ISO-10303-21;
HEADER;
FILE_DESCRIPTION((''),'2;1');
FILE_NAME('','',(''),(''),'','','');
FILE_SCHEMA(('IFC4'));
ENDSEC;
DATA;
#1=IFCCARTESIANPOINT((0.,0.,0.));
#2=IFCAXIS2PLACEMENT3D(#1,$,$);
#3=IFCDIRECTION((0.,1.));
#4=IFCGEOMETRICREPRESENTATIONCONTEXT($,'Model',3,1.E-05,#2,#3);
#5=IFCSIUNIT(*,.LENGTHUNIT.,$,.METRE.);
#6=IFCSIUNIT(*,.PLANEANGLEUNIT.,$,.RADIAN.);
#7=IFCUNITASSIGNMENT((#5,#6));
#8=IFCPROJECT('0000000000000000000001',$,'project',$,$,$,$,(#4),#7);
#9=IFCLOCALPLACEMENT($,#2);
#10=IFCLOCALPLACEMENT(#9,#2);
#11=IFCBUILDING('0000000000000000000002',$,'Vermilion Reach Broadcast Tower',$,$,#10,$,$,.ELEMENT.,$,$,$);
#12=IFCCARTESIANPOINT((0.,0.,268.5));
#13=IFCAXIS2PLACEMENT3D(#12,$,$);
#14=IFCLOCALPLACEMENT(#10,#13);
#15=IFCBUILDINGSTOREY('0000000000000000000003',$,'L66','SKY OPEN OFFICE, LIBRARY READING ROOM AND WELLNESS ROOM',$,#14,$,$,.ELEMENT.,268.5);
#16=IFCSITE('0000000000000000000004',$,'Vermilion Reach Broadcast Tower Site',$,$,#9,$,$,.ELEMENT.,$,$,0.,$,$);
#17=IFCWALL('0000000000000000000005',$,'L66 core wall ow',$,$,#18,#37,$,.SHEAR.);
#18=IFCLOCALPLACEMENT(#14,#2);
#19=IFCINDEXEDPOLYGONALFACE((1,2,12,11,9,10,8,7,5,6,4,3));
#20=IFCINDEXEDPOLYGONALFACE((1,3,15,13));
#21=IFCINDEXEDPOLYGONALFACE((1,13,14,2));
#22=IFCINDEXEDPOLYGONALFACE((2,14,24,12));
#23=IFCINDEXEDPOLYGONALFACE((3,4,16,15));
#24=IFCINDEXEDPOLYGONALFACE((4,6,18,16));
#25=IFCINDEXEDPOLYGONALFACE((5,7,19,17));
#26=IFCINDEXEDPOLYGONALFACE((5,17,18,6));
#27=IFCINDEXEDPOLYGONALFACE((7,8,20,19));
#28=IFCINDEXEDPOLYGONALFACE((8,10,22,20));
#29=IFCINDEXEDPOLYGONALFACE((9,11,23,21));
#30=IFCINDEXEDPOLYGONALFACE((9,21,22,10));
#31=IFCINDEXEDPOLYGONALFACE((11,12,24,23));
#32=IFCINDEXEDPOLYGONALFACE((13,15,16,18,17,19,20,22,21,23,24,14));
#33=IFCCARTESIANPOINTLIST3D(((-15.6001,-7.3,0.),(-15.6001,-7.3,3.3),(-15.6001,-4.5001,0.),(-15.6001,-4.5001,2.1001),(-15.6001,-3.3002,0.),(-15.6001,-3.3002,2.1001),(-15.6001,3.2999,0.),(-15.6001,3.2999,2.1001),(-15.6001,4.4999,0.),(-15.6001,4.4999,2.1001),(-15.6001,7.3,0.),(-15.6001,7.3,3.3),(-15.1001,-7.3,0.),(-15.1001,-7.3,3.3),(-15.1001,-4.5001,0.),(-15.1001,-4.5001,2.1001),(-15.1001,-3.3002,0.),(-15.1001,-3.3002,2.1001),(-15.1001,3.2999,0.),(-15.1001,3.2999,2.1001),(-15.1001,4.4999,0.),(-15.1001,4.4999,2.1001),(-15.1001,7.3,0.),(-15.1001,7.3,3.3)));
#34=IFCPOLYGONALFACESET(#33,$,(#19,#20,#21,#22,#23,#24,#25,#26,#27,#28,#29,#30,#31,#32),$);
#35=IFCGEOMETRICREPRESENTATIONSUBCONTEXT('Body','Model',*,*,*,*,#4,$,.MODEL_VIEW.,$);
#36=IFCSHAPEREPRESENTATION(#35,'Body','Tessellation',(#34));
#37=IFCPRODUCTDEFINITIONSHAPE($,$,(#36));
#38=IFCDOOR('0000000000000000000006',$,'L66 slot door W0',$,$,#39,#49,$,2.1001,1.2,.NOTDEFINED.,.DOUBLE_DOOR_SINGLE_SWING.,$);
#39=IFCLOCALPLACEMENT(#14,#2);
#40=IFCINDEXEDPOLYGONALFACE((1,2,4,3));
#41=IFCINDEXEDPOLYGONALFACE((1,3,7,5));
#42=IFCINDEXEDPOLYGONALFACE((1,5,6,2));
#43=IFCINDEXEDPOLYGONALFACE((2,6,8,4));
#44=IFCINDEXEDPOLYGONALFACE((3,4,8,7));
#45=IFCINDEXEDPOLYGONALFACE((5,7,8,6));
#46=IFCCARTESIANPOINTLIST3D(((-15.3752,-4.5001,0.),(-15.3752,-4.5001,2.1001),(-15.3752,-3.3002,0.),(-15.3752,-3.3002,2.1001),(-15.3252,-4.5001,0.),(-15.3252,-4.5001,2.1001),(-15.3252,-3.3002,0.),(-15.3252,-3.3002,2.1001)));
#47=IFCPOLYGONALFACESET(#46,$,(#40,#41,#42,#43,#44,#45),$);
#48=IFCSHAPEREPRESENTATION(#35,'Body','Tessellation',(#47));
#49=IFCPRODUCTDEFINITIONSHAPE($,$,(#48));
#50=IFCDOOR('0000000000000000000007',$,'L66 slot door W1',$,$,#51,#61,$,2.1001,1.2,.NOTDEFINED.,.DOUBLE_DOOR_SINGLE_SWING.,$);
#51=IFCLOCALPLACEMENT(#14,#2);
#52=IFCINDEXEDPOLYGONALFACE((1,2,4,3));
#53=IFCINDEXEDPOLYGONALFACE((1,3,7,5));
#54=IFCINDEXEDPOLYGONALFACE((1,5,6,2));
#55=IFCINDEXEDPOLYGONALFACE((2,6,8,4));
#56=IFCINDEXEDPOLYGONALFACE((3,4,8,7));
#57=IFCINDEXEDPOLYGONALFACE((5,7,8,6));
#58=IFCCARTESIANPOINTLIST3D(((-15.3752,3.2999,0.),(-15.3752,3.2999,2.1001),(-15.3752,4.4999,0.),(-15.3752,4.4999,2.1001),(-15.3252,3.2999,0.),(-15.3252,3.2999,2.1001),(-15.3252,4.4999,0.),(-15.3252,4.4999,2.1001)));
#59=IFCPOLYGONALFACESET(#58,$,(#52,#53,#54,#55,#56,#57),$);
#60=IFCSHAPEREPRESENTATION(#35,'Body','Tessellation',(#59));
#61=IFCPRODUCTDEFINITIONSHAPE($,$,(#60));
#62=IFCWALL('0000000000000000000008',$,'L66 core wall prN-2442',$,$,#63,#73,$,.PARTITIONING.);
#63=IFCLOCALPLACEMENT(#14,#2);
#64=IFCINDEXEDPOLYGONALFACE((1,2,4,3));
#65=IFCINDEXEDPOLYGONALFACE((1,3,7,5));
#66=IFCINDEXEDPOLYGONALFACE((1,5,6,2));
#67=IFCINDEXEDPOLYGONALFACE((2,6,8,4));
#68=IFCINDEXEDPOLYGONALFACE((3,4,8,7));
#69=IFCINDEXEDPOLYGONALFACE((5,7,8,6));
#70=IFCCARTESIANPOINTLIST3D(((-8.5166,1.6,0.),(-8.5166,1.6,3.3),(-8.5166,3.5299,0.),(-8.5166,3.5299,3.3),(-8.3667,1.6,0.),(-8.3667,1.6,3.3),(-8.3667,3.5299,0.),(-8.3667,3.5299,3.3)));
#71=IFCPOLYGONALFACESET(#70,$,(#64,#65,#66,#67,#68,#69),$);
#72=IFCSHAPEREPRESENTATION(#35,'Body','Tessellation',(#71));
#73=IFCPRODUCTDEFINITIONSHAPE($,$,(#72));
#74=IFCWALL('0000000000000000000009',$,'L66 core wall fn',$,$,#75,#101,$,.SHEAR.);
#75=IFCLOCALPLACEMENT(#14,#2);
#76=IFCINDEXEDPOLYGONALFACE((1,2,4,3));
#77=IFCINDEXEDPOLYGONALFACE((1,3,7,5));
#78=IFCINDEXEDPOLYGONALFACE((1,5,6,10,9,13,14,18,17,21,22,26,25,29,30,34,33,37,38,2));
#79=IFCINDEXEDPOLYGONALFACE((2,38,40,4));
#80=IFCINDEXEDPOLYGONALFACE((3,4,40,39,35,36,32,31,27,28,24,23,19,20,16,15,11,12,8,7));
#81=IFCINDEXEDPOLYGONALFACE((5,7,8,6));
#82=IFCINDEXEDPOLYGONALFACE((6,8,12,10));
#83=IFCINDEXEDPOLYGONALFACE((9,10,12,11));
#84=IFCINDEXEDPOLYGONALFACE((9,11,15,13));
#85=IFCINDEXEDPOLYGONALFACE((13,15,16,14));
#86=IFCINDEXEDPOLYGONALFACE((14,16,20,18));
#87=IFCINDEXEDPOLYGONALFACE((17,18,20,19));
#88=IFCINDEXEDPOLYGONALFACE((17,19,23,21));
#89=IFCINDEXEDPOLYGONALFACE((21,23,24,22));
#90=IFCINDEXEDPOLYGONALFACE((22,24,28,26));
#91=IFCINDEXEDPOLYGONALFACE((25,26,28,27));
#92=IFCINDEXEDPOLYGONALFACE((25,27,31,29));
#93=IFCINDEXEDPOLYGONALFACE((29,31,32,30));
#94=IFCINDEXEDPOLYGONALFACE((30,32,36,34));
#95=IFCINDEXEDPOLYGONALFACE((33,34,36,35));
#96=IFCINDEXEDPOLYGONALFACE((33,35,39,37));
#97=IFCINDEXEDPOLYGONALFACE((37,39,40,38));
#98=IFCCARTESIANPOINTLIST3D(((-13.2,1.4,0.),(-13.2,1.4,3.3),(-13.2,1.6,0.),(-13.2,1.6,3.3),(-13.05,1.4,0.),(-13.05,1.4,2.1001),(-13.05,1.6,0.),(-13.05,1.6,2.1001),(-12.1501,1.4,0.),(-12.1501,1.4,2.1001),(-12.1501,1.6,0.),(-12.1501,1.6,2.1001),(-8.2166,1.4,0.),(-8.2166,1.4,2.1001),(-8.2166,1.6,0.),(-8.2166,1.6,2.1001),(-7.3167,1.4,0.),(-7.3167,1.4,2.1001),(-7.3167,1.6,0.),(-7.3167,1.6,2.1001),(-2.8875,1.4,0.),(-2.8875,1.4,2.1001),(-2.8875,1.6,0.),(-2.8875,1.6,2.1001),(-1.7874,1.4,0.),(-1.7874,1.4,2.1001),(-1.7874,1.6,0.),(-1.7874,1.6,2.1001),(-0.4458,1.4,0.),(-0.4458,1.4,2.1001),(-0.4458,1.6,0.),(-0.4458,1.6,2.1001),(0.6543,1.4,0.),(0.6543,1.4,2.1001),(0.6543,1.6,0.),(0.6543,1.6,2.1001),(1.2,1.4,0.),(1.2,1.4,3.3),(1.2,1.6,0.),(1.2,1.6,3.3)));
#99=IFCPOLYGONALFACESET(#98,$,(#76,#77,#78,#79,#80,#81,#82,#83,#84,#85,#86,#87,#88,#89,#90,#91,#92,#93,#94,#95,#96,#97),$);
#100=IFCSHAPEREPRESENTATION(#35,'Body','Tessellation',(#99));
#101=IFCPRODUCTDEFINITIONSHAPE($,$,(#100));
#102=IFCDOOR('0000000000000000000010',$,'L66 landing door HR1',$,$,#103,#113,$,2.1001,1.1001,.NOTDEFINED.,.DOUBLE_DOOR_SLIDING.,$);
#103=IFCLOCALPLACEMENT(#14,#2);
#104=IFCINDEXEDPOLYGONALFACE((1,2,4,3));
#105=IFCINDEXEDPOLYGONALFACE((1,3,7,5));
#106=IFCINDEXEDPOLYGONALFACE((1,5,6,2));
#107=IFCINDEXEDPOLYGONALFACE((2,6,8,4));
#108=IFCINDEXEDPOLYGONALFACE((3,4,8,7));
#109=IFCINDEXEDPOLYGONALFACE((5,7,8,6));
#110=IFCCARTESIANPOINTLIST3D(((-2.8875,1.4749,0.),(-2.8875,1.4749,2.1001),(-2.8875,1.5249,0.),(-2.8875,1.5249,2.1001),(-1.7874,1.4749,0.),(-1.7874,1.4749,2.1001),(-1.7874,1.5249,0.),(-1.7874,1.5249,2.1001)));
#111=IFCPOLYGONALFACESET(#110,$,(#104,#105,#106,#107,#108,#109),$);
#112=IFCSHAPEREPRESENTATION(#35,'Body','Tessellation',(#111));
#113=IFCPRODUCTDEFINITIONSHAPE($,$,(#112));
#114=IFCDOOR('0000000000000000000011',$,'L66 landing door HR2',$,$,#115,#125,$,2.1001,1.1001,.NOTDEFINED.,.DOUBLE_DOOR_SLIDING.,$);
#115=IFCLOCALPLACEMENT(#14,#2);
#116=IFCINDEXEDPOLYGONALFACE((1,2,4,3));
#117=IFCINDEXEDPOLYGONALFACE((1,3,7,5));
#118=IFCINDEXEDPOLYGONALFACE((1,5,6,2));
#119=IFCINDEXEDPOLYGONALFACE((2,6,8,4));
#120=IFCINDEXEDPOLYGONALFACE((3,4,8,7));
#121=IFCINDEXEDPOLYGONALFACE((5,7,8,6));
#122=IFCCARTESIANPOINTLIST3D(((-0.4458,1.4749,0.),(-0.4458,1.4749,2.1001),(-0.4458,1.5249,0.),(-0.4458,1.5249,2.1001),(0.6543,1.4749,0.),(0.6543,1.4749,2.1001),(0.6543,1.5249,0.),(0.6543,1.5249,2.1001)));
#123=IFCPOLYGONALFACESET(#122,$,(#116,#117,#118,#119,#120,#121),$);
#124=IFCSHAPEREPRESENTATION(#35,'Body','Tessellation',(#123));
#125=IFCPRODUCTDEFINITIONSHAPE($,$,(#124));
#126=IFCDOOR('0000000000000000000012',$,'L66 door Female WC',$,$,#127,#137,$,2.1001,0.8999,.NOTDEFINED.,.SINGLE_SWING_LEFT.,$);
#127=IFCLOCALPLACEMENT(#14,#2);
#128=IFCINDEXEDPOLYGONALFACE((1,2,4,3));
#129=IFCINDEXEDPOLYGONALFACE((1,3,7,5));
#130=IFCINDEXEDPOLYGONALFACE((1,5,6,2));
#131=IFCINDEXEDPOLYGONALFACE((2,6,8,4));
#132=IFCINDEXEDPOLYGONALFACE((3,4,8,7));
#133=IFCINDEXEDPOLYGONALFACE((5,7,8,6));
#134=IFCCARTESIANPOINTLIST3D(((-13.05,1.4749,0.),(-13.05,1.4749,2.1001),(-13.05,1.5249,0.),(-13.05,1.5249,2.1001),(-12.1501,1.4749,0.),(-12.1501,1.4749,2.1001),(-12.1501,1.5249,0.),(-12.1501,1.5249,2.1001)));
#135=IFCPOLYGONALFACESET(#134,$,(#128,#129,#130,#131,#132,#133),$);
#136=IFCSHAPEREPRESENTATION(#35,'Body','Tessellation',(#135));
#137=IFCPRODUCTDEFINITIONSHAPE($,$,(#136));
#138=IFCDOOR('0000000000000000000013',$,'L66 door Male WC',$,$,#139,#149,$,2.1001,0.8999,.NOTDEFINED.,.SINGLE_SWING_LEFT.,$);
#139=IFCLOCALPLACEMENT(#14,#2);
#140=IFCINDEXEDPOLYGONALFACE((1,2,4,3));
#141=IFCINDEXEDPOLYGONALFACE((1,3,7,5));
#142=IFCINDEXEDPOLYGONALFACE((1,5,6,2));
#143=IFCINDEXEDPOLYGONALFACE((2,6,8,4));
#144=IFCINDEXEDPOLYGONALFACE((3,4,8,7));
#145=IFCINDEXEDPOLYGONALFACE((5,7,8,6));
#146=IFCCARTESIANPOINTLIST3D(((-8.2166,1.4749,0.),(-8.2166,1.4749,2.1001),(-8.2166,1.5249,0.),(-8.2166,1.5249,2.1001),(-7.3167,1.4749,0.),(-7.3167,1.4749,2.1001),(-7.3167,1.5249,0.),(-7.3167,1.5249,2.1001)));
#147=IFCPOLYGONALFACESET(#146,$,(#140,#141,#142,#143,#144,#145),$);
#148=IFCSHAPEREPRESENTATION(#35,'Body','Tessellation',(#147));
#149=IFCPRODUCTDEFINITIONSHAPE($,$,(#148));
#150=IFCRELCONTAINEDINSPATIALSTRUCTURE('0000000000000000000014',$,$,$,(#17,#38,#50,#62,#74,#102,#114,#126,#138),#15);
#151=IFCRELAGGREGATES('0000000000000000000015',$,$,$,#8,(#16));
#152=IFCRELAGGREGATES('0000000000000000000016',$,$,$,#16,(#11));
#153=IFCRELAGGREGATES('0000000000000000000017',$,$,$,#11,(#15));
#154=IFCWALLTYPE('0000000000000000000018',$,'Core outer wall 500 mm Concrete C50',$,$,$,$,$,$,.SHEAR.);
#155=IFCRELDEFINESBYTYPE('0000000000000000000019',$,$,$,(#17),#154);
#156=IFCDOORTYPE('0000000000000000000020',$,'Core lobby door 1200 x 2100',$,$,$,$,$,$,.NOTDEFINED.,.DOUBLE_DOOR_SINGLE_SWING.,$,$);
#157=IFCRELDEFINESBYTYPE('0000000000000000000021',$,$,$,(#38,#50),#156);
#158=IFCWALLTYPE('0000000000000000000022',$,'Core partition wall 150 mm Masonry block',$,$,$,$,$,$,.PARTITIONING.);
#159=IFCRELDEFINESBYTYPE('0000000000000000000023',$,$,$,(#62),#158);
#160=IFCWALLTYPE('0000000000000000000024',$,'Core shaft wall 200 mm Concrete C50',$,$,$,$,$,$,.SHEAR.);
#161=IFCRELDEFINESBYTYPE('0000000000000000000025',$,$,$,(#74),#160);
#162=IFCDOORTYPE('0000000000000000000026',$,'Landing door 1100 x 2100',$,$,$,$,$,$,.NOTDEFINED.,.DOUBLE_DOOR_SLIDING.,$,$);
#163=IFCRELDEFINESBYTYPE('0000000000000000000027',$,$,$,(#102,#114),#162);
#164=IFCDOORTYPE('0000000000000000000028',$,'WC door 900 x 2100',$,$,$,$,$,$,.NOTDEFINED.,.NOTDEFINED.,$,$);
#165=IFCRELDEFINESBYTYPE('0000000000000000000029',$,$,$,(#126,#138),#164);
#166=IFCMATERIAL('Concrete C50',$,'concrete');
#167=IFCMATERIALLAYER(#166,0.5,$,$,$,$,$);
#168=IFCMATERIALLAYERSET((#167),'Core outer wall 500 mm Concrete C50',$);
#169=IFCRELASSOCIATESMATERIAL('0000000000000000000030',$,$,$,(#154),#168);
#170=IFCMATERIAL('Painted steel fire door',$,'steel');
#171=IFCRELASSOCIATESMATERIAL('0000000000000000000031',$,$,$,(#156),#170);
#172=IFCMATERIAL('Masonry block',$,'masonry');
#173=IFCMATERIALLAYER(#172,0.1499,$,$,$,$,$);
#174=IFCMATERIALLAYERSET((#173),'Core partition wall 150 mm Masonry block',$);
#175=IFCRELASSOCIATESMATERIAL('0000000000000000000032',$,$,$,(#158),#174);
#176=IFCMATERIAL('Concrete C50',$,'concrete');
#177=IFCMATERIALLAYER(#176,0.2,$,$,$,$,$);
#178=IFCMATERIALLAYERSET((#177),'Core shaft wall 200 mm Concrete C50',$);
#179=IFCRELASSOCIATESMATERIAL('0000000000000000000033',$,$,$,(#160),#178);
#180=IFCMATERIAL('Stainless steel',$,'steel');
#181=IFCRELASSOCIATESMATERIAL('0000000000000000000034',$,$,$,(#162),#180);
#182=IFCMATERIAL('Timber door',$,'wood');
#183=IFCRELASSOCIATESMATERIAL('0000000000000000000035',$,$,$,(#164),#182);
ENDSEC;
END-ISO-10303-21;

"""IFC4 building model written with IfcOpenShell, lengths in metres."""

from ifc_helpers import new_model, si_unit, direction, frame, frame_2d, origin, place, context, subcontext, project, spatial, rectangle, extrude, material, layer, layer_set, type_object, element, fill, save


model = new_model("IFC4")

# Units and contexts
model_context = context("Model", 3, precision=1e-05, world=origin(), true_north=direction((0.0, 1.0)))
body_context = subcontext(model_context, "Body", "Model", "MODEL_VIEW")
ifc_project = project(units=[si_unit("LENGTHUNIT", "METRE"), si_unit("PLANEANGLEUNIT", "RADIAN")], contexts=[model_context])

# Site, building, storey
site_placement = place(None, origin())
site = spatial("IfcSite", under=ifc_project, at=site_placement, Name="Vermilion Reach Broadcast Tower Site", CompositionType="ELEMENT", RefElevation=0.0)
building_placement = place(site_placement, origin())
building = spatial("IfcBuilding", under=site, at=building_placement, Name="Vermilion Reach Broadcast Tower", CompositionType="ELEMENT")
storey_placement = place(building_placement, frame((0.0, 0.0, 268.5)))
storey = spatial("IfcBuildingStorey", under=building, at=storey_placement, Name="L66", Description="SKY OPEN OFFICE, LIBRARY READING ROOM AND WELLNESS ROOM", CompositionType="ELEMENT", Elevation=268.5)

# Shared definitions
ifc_material_1 = material(Name="Concrete C50", Category="concrete")
ifc_layer_1 = layer(ifc_material_1, 0.5)
ifc_layer_set_1 = layer_set([ifc_layer_1], Name="Core outer wall 500 mm Concrete C50")
wall_type_1 = type_object("IfcWallType", Name="Core outer wall 500 mm Concrete C50", PredefinedType="SHEAR", material=ifc_layer_set_1)

# Wall, openings, doors
wall_1_placement = place(storey_placement, frame((-15.3501, 7.3, 0.0), z_axis=(0.0, 0.0, 1.0), x_axis=(0.0, -1.0, 0.0)))
wall_1 = element("IfcWall", 1, at=wall_1_placement, inside=storey, type_object=wall_type_1, Name="L66 core wall ow", PredefinedType="SHEAR", context=body_context, shape_type="SweptSolid", body=[
    extrude(rectangle(XDim=14.6001, YDim=0.5, at=frame_2d((7.3, 0.0))), origin(), (0.0, 0.0, 1.0), 3.3),
])
opening_1_placement = place(wall_1_placement, frame((10.6001, 0.0, 0.0)))
opening_1 = element("IfcOpeningElement", 2, at=opening_1_placement, cuts=wall_1, PredefinedType="OPENING", context=body_context, shape_type="SweptSolid", body=[
    extrude(rectangle(XDim=1.2, YDim=2.1001, at=frame_2d((0.6001, 1.05))), frame((0.0, 0.26, 0.0), z_axis=(0.0, -1.0, 0.0), x_axis=(1.0, 0.0, 0.0)), (0.0, 0.0, 1.0), 0.52),
])
opening_2_placement = place(wall_1_placement, frame((2.8, 0.0, 0.0)))
opening_2 = element("IfcOpeningElement", 3, at=opening_2_placement, cuts=wall_1, PredefinedType="OPENING", context=body_context, shape_type="SweptSolid", body=[
    extrude(rectangle(XDim=1.2, YDim=2.1001, at=frame_2d((0.6001, 1.05))), frame((0.0, 0.26, 0.0), z_axis=(0.0, -1.0, 0.0), x_axis=(1.0, 0.0, 0.0)), (0.0, 0.0, 1.0), 0.52),
])
ifc_material_2 = material(Name="Painted steel fire door", Category="steel")
door_type_1 = type_object("IfcDoorType", Name="Core lobby door 1200 x 2100", OperationType="DOUBLE_DOOR_SINGLE_SWING", PredefinedType="NOTDEFINED", material=ifc_material_2)
door_1_placement = place(opening_1_placement, origin())
door_1 = element("IfcDoor", 4, at=door_1_placement, inside=storey, type_object=door_type_1, Name="L66 slot door W0", OperationType="DOUBLE_DOOR_SINGLE_SWING", OverallHeight=2.1001, OverallWidth=1.2, PredefinedType="NOTDEFINED", context=body_context, shape_type="SweptSolid", body=[
    extrude(rectangle(XDim=1.2, YDim=2.1001, at=frame_2d((0.6001, 1.05))), frame((0.0, 0.0249, 0.0), z_axis=(0.0, -1.0, 0.0), x_axis=(1.0, 0.0, 0.0)), (0.0, 0.0, 1.0), 0.05),
])
fill(opening_1, door_1)
door_2_placement = place(opening_2_placement, origin())
door_2 = element("IfcDoor", 5, at=door_2_placement, inside=storey, type_object=door_type_1, Name="L66 slot door W1", OperationType="DOUBLE_DOOR_SINGLE_SWING", OverallHeight=2.1001, OverallWidth=1.2, PredefinedType="NOTDEFINED", context=body_context, shape_type="SweptSolid", body=[
    extrude(rectangle(XDim=1.2, YDim=2.1001, at=frame_2d((0.6001, 1.05))), frame((0.0, 0.0249, 0.0), z_axis=(0.0, -1.0, 0.0), x_axis=(1.0, 0.0, 0.0)), (0.0, 0.0, 1.0), 0.05),
])
fill(opening_2, door_2)

# Wall
ifc_material_3 = material(Name="Masonry block", Category="masonry")
ifc_layer_2 = layer(ifc_material_3, 0.1499)
ifc_layer_set_2 = layer_set([ifc_layer_2], Name="Core partition wall 150 mm Masonry block")
wall_type_2 = type_object("IfcWallType", Name="Core partition wall 150 mm Masonry block", PredefinedType="PARTITIONING", material=ifc_layer_set_2)
wall_2_placement = place(storey_placement, frame((-8.4417, 1.6001, 0.0), z_axis=(0.0, 0.0, 1.0), x_axis=(0.0, 1.0, 0.0)))
element("IfcWall", 6, at=wall_2_placement, inside=storey, type_object=wall_type_2, Name="L66 core wall prN-2442", PredefinedType="PARTITIONING", context=body_context, shape_type="SweptSolid", body=[
    extrude(rectangle(XDim=1.9299, YDim=0.1499, at=frame_2d((0.9648, 0.0))), origin(), (0.0, 0.0, 1.0), 3.3),
])

# Wall, openings, doors
ifc_material_4 = material(Name="Concrete C50", Category="concrete")
ifc_layer_3 = layer(ifc_material_4, 0.2)
ifc_layer_set_3 = layer_set([ifc_layer_3], Name="Core shaft wall 200 mm Concrete C50")
wall_type_3 = type_object("IfcWallType", Name="Core shaft wall 200 mm Concrete C50", PredefinedType="SHEAR", material=ifc_layer_set_3)
wall_3_placement = place(storey_placement, frame((-13.2, 1.5, 0.0), z_axis=(0.0, 0.0, 1.0), x_axis=(1.0, 0.0, 0.0)))
wall_3 = element("IfcWall", 7, at=wall_3_placement, inside=storey, type_object=wall_type_3, Name="L66 core wall fn", PredefinedType="SHEAR", context=body_context, shape_type="SweptSolid", body=[
    extrude(rectangle(XDim=14.3999, YDim=0.2, at=frame_2d((7.2, 0.0))), origin(), (0.0, 0.0, 1.0), 3.3),
])
opening_3_placement = place(wall_3_placement, frame((10.3125, 0.0, 0.0)))
opening_3 = element("IfcOpeningElement", 8, at=opening_3_placement, cuts=wall_3, PredefinedType="OPENING", context=body_context, shape_type="SweptSolid", body=[
    extrude(rectangle(XDim=1.1001, YDim=2.1001, at=frame_2d((0.55, 1.05))), frame((0.0, 0.1099, 0.0), z_axis=(0.0, -1.0, 0.0), x_axis=(1.0, 0.0, 0.0)), (0.0, 0.0, 1.0), 0.22),
])
opening_4_placement = place(wall_3_placement, frame((12.7542, 0.0, 0.0)))
opening_4 = element("IfcOpeningElement", 9, at=opening_4_placement, cuts=wall_3, PredefinedType="OPENING", context=body_context, shape_type="SweptSolid", body=[
    extrude(rectangle(XDim=1.1001, YDim=2.1001, at=frame_2d((0.55, 1.05))), frame((0.0, 0.1099, 0.0), z_axis=(0.0, -1.0, 0.0), x_axis=(1.0, 0.0, 0.0)), (0.0, 0.0, 1.0), 0.22),
])
opening_5_placement = place(wall_3_placement, frame((0.1499, 0.0, 0.0)))
opening_5 = element("IfcOpeningElement", 10, at=opening_5_placement, cuts=wall_3, PredefinedType="OPENING", context=body_context, shape_type="SweptSolid", body=[
    extrude(rectangle(XDim=0.8999, YDim=2.1001, at=frame_2d((0.45, 1.05))), frame((0.0, 0.1099, 0.0), z_axis=(0.0, -1.0, 0.0), x_axis=(1.0, 0.0, 0.0)), (0.0, 0.0, 1.0), 0.22),
])
opening_6_placement = place(wall_3_placement, frame((4.9834, 0.0, 0.0)))
opening_6 = element("IfcOpeningElement", 11, at=opening_6_placement, cuts=wall_3, PredefinedType="OPENING", context=body_context, shape_type="SweptSolid", body=[
    extrude(rectangle(XDim=0.8999, YDim=2.1001, at=frame_2d((0.45, 1.05))), frame((0.0, 0.1099, 0.0), z_axis=(0.0, -1.0, 0.0), x_axis=(1.0, 0.0, 0.0)), (0.0, 0.0, 1.0), 0.22),
])
ifc_material_5 = material(Name="Stainless steel", Category="steel")
door_type_2 = type_object("IfcDoorType", Name="Landing door 1100 x 2100", OperationType="DOUBLE_DOOR_SLIDING", PredefinedType="NOTDEFINED", material=ifc_material_5)
door_3_placement = place(opening_3_placement, origin())
door_3 = element("IfcDoor", 12, at=door_3_placement, inside=storey, type_object=door_type_2, Name="L66 landing door HR1", OperationType="DOUBLE_DOOR_SLIDING", OverallHeight=2.1001, OverallWidth=1.1001, PredefinedType="NOTDEFINED", context=body_context, shape_type="SweptSolid", body=[
    extrude(rectangle(XDim=1.1001, YDim=2.1001, at=frame_2d((0.55, 1.05))), frame((0.0, 0.0249, 0.0), z_axis=(0.0, -1.0, 0.0), x_axis=(1.0, 0.0, 0.0)), (0.0, 0.0, 1.0), 0.05),
])
fill(opening_3, door_3)
door_4_placement = place(opening_4_placement, origin())
door_4 = element("IfcDoor", 13, at=door_4_placement, inside=storey, type_object=door_type_2, Name="L66 landing door HR2", OperationType="DOUBLE_DOOR_SLIDING", OverallHeight=2.1001, OverallWidth=1.1001, PredefinedType="NOTDEFINED", context=body_context, shape_type="SweptSolid", body=[
    extrude(rectangle(XDim=1.1001, YDim=2.1001, at=frame_2d((0.55, 1.05))), frame((0.0, 0.0249, 0.0), z_axis=(0.0, -1.0, 0.0), x_axis=(1.0, 0.0, 0.0)), (0.0, 0.0, 1.0), 0.05),
])
fill(opening_4, door_4)
ifc_material_6 = material(Name="Timber door", Category="wood")
door_type_3 = type_object("IfcDoorType", Name="WC door 900 x 2100", OperationType="NOTDEFINED", PredefinedType="NOTDEFINED", material=ifc_material_6)
door_5_placement = place(opening_5_placement, origin())
door_5 = element("IfcDoor", 14, at=door_5_placement, inside=storey, type_object=door_type_3, Name="L66 door Female WC", OperationType="SINGLE_SWING_LEFT", OverallHeight=2.1001, OverallWidth=0.8999, PredefinedType="NOTDEFINED", context=body_context, shape_type="SweptSolid", body=[
    extrude(rectangle(XDim=0.8999, YDim=2.1001, at=frame_2d((0.45, 1.05))), frame((0.0, 0.0249, 0.0), z_axis=(0.0, -1.0, 0.0), x_axis=(1.0, 0.0, 0.0)), (0.0, 0.0, 1.0), 0.05),
])
fill(opening_5, door_5)
door_6_placement = place(opening_6_placement, origin())
door_6 = element("IfcDoor", 15, at=door_6_placement, inside=storey, type_object=door_type_3, Name="L66 door Male WC", OperationType="SINGLE_SWING_LEFT", OverallHeight=2.1001, OverallWidth=0.8999, PredefinedType="NOTDEFINED", context=body_context, shape_type="SweptSolid", body=[
    extrude(rectangle(XDim=0.8999, YDim=2.1001, at=frame_2d((0.45, 1.05))), frame((0.0, 0.0249, 0.0), z_axis=(0.0, -1.0, 0.0), x_axis=(1.0, 0.0, 0.0)), (0.0, 0.0, 1.0), 0.05),
])
fill(opening_6, door_6)

save(model, "model.ifc")
